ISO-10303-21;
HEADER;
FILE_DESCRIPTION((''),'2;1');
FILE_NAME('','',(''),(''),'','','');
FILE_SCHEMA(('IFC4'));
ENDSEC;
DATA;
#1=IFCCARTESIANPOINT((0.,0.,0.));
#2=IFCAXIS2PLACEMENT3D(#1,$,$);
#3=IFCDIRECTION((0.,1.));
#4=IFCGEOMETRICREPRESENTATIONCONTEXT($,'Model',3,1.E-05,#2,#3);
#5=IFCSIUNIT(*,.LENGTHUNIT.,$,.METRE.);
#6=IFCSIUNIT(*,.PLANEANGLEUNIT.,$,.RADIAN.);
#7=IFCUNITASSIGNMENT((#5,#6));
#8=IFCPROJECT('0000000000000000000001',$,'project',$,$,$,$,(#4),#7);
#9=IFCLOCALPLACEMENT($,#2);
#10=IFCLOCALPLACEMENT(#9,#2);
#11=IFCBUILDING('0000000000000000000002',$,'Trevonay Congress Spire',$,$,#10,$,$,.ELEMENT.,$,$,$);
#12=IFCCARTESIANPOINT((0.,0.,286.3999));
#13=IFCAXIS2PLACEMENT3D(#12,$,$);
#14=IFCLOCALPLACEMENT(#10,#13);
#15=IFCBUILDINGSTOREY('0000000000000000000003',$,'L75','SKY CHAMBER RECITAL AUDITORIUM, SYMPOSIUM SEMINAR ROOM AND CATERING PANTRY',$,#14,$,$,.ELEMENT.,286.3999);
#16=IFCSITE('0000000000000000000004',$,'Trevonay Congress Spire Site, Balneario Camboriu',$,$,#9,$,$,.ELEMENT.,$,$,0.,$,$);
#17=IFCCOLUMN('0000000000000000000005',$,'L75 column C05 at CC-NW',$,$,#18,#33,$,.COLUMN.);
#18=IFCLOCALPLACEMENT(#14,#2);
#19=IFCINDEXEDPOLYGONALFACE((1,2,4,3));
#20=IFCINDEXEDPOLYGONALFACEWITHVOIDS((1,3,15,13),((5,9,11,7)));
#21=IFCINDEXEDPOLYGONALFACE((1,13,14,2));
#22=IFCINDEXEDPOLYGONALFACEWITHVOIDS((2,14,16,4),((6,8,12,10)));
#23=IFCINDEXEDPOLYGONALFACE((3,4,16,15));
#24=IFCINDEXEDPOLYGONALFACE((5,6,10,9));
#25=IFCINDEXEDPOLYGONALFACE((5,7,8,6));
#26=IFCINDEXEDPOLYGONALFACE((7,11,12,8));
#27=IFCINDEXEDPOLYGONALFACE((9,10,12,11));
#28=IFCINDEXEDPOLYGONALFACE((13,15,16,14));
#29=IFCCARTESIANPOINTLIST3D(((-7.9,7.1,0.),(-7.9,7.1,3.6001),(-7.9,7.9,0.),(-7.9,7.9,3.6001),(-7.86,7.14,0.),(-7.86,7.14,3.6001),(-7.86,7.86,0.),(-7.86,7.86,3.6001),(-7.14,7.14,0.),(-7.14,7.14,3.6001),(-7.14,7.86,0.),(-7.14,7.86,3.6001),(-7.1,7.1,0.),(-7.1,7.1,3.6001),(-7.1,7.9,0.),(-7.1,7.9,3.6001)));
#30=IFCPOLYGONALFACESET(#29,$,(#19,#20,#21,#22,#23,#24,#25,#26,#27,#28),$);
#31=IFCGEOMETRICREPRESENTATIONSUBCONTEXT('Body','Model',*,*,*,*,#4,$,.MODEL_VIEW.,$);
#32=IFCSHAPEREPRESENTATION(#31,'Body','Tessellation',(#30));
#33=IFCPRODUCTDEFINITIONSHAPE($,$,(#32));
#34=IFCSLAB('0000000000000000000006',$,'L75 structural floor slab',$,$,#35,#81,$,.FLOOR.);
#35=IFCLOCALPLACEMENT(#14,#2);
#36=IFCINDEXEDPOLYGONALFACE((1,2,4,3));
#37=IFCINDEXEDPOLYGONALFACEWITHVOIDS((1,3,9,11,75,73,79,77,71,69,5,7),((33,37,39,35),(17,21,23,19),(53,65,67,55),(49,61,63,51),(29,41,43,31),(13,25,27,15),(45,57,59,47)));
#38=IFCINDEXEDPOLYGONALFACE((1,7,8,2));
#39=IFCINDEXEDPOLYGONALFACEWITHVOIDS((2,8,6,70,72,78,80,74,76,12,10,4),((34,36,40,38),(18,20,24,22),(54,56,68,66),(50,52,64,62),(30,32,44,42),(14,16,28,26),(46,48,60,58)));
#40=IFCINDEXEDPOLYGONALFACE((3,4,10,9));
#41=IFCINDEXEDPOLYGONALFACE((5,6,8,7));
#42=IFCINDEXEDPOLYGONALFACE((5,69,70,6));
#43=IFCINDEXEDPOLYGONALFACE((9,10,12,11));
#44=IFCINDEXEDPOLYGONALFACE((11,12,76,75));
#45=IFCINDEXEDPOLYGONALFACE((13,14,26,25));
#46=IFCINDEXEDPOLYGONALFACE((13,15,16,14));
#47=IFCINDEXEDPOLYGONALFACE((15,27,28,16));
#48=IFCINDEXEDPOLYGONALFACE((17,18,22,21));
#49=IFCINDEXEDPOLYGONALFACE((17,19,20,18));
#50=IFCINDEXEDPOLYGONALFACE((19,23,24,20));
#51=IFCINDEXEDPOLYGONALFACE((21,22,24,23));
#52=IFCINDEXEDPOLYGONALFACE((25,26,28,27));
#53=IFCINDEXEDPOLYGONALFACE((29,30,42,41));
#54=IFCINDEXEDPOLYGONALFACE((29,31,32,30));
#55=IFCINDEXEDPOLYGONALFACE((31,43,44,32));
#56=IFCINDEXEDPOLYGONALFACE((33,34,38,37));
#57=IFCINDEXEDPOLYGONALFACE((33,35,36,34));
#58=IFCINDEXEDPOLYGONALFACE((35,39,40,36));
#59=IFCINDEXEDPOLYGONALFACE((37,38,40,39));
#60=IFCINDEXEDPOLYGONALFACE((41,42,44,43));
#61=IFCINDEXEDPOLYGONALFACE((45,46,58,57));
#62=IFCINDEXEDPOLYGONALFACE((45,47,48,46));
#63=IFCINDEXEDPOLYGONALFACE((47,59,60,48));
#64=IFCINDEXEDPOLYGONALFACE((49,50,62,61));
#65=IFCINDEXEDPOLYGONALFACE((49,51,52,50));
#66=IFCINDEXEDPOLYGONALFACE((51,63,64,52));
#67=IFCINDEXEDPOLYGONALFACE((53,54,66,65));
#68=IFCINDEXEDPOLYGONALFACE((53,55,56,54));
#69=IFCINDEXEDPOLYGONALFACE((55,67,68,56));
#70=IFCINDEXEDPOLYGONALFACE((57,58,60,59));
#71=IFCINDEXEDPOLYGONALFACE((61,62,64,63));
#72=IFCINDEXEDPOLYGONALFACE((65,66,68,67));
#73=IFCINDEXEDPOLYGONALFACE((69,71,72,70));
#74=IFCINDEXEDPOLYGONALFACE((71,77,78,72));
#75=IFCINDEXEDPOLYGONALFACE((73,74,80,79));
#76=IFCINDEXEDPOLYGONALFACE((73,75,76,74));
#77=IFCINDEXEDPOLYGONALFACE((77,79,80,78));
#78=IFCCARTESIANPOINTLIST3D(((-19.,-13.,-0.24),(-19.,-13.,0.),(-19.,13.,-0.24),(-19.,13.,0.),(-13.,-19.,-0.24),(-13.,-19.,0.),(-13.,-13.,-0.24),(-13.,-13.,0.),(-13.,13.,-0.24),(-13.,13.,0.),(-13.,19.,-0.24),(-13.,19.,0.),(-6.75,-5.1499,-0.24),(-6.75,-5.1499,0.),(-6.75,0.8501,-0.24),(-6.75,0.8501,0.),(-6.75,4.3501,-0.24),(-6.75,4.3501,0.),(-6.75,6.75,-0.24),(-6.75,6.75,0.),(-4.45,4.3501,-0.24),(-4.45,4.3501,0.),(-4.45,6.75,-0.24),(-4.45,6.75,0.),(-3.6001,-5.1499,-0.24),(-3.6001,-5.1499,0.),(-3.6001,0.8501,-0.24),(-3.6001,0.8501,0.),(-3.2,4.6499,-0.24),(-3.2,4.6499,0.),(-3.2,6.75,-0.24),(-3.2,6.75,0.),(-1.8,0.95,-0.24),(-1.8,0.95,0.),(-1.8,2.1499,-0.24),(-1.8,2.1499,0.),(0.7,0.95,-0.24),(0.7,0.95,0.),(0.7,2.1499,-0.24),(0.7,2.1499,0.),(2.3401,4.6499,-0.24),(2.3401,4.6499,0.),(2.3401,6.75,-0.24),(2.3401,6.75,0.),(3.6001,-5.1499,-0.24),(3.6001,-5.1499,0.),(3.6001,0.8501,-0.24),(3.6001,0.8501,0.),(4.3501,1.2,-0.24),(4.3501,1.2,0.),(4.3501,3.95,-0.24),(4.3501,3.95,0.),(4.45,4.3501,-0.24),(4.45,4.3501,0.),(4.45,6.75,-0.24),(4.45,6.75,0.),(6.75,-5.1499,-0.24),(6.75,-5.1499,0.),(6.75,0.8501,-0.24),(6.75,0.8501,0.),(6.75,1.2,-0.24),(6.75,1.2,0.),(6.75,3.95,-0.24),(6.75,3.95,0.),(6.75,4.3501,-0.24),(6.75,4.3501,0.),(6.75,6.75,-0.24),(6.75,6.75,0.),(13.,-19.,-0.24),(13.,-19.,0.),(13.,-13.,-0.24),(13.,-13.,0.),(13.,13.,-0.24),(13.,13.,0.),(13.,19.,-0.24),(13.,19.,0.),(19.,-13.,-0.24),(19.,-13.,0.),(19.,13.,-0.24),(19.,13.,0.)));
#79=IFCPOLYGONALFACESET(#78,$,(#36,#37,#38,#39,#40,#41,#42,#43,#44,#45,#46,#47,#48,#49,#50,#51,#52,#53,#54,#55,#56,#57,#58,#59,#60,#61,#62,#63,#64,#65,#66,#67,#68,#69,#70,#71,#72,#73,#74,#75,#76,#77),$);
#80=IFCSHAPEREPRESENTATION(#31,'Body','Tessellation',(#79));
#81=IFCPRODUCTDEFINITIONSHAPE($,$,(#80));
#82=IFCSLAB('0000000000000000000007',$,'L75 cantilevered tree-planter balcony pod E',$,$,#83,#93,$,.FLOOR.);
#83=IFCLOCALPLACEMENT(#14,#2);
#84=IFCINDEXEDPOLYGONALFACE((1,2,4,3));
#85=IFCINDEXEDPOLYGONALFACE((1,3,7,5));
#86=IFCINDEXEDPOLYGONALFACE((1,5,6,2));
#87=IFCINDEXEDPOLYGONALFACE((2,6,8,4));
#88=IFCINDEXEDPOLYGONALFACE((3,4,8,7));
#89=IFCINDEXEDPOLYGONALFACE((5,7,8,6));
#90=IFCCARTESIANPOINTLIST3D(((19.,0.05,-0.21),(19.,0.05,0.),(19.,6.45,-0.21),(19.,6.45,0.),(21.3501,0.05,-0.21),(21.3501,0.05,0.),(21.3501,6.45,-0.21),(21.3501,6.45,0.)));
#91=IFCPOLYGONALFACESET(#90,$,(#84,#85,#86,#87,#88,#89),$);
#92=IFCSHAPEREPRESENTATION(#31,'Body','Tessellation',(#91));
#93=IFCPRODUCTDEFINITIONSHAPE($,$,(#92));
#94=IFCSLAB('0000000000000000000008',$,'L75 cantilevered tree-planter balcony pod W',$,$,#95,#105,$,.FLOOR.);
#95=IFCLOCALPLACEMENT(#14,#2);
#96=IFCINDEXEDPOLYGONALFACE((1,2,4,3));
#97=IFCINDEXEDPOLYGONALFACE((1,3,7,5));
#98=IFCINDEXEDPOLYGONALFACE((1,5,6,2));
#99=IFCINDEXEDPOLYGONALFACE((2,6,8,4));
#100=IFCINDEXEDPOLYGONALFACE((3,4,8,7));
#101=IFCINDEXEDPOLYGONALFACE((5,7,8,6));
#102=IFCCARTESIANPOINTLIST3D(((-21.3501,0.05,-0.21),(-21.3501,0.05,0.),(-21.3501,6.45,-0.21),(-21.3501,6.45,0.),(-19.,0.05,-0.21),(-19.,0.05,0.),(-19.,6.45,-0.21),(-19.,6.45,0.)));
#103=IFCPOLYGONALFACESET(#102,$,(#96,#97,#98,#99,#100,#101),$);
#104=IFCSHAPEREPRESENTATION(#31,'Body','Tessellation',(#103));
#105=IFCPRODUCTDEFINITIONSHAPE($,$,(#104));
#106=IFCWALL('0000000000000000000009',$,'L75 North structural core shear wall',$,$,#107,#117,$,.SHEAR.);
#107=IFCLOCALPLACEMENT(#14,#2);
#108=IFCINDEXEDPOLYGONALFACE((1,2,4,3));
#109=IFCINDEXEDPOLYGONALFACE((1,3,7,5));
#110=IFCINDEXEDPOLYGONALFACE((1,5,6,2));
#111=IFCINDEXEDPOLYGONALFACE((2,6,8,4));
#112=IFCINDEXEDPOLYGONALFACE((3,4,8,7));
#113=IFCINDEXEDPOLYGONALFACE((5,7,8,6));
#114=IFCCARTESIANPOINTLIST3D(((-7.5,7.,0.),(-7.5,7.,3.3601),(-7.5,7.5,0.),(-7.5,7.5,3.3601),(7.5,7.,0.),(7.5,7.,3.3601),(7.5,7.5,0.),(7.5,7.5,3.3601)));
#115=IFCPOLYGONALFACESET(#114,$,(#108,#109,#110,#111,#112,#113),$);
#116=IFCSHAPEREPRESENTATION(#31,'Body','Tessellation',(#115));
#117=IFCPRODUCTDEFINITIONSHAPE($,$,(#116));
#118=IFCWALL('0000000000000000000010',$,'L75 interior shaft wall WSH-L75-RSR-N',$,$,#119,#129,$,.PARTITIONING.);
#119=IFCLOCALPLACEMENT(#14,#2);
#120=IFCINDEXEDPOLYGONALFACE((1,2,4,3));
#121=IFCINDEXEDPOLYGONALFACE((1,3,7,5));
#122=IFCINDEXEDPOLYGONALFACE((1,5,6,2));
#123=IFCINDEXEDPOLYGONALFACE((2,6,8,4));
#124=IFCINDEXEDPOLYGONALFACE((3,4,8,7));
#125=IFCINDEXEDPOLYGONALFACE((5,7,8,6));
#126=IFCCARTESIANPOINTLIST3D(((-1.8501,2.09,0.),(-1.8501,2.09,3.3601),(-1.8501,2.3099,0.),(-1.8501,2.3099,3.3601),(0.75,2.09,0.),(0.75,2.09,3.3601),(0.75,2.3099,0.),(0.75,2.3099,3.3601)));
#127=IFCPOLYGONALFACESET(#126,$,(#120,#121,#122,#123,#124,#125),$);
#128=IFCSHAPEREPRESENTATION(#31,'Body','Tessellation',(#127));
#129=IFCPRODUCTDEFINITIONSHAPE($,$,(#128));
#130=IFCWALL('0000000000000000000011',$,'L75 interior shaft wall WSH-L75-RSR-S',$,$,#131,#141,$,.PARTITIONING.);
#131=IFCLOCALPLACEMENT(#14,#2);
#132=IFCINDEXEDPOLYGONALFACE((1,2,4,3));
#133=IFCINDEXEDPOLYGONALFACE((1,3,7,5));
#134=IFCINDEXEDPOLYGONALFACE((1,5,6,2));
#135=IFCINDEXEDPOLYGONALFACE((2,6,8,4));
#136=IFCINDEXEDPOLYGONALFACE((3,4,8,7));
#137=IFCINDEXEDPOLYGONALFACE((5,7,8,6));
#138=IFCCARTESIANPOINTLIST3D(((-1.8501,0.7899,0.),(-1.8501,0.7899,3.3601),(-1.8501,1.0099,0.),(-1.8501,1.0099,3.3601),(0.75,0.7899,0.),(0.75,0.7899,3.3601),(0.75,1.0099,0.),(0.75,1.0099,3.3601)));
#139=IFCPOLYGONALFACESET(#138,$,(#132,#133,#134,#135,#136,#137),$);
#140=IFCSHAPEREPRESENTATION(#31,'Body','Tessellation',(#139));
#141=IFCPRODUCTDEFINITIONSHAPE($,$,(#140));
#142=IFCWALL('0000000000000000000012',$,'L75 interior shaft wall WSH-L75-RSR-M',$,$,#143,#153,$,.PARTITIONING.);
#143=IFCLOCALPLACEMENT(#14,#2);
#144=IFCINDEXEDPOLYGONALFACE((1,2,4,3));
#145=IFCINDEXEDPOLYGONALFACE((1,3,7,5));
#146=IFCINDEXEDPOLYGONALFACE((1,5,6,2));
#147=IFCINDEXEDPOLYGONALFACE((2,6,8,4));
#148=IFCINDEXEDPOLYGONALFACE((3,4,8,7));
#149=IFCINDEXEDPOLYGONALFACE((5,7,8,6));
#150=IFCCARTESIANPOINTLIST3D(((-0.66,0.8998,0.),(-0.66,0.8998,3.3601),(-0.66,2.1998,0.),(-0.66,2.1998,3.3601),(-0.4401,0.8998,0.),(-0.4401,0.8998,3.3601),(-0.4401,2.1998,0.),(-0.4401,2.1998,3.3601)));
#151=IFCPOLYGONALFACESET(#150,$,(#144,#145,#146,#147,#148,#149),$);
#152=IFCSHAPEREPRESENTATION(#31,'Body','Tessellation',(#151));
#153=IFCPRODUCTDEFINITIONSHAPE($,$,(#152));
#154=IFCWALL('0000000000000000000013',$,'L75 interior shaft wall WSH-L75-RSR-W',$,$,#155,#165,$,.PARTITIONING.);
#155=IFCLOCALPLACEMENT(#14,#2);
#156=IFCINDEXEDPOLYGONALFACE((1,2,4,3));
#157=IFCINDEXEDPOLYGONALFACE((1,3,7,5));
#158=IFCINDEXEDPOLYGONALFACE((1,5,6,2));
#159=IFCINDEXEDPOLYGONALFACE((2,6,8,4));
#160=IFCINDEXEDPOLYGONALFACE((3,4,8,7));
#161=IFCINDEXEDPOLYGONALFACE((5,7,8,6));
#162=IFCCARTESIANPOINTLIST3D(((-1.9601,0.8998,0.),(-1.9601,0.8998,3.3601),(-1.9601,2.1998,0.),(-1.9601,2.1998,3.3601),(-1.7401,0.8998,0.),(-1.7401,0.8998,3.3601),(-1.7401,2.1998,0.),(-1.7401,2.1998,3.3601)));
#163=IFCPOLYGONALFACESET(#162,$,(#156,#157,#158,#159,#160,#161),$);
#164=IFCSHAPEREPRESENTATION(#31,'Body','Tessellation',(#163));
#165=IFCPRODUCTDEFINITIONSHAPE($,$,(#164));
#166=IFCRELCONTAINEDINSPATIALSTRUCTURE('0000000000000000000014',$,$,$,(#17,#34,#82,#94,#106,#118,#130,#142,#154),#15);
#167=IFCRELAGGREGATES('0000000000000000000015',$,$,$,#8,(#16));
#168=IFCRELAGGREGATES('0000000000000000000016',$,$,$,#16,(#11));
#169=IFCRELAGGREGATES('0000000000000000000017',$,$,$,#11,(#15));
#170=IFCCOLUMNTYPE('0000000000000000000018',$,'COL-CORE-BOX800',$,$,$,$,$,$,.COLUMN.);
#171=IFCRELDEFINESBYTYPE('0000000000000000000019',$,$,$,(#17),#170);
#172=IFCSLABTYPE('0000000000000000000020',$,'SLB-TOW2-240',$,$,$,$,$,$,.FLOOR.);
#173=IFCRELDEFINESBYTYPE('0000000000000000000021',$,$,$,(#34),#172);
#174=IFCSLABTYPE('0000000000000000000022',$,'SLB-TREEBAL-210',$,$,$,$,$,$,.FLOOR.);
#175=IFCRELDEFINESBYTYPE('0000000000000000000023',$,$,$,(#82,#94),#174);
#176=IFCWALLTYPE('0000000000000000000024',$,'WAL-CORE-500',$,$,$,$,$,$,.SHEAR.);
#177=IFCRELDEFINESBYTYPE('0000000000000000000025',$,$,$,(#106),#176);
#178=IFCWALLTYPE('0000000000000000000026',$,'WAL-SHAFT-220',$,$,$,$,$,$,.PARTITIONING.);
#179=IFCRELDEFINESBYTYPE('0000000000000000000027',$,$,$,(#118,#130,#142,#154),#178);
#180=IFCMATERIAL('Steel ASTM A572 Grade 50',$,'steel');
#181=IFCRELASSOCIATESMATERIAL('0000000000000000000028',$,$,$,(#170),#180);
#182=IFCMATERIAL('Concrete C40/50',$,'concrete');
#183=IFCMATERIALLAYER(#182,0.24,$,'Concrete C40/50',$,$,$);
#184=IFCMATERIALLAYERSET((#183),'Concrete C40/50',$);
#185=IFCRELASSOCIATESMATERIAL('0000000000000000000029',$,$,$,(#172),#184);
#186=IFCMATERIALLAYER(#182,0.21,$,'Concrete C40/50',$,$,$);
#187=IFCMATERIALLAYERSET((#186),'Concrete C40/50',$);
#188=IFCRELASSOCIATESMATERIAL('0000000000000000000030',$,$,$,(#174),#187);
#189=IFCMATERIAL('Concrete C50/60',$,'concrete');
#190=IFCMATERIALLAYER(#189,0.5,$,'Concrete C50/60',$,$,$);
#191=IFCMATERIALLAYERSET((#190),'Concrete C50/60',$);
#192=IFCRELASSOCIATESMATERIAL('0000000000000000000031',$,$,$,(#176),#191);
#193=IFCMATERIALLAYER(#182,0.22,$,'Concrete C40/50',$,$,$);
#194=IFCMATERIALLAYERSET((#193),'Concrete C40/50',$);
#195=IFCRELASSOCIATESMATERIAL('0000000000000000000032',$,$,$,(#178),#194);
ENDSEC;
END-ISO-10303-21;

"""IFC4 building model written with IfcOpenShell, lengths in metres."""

from ifc_helpers import new_model, si_unit, direction, frame, frame_2d, origin, origin_2d, place, context, subcontext, project, spatial, polyline, rectangle, hollow_rectangle, outline, extrude, material, layer, layer_set, material_profile, profile_set, type_object, element, save


model = new_model("IFC4")

# Units and contexts
model_context = context("Model", 3, precision=1e-05, world=origin(), true_north=direction((0.0, 1.0)))
body_context = subcontext(model_context, "Body", "Model", "MODEL_VIEW")
ifc_project = project(units=[si_unit("LENGTHUNIT", "METRE"), si_unit("PLANEANGLEUNIT", "RADIAN")], contexts=[model_context])

# Site, building, storey
site_placement = place(None, origin())
site = spatial("IfcSite", under=ifc_project, at=site_placement, Name="Trevonay Congress Spire Site, Balneario Camboriu", CompositionType="ELEMENT", RefElevation=0.0)
building_placement = place(site_placement, origin())
building = spatial("IfcBuilding", under=site, at=building_placement, Name="Trevonay Congress Spire", CompositionType="ELEMENT")
storey_placement = place(building_placement, frame((0.0, 0.0, 286.3999)))
storey = spatial("IfcBuildingStorey", under=building, at=storey_placement, Name="L75", Description="SKY CHAMBER RECITAL AUDITORIUM, SYMPOSIUM SEMINAR ROOM AND CATERING PANTRY", CompositionType="ELEMENT", Elevation=286.3999)

# Column
ifc_material_1 = material(Name="Steel ASTM A572 Grade 50", Category="steel")
ifc_material_profile = material_profile(ifc_material_1, hollow_rectangle(XDim=0.8, YDim=0.8, WallThickness=0.04, at=origin_2d()), Name="BOX 800x800x40")
ifc_profile_set = profile_set([ifc_material_profile], Name="Steel ASTM A572 Grade 50")
column_type = type_object("IfcColumnType", Name="COL-CORE-BOX800", PredefinedType="COLUMN", material=ifc_profile_set)
column_placement = place(storey_placement, frame((-7.5, 7.5, 0.0), z_axis=(0.0, 0.0, 1.0), x_axis=(1.0, 0.0, 0.0)))
element("IfcColumn", 1, at=column_placement, inside=storey, type_object=column_type, Name="L75 column C05 at CC-NW", PredefinedType="COLUMN", context=body_context, shape_type="SweptSolid", body=[
    extrude(hollow_rectangle(XDim=0.8, YDim=0.8, WallThickness=0.04, at=origin_2d()), origin(), (0.0, 0.0, 1.0), 3.6001),
])

# Slabs
ifc_material_2 = material(Name="Concrete C40/50", Category="concrete")
ifc_layer_1 = layer(ifc_material_2, 0.24, Name="Concrete C40/50")
ifc_layer_set_1 = layer_set([ifc_layer_1], Name="Concrete C40/50")
slab_type_1 = type_object("IfcSlabType", Name="SLB-TOW2-240", PredefinedType="FLOOR", material=ifc_layer_set_1)
slab_1_placement = place(storey_placement, frame((0.0, 0.0, -0.24)))
element("IfcSlab", 2, at=slab_1_placement, inside=storey, type_object=slab_type_1, Name="L75 structural floor slab", PredefinedType="FLOOR", context=body_context, shape_type="SweptSolid", body=[
    extrude(outline(polyline([(-13.0, -19.0), (13.0, -19.0), (13.0, -13.0), (19.0, -13.0), (19.0, 13.0), (13.0, 13.0), (13.0, 19.0), (-13.0, 19.0), (-13.0, 13.0), (-19.0, 13.0), (-19.0, -13.0), (-13.0, -13.0), (-13.0, -19.0)]), holes=[polyline([(-3.6001, -5.1499), (-3.6001, 0.8501), (-6.75, 0.8501), (-6.75, -5.1499), (-3.6001, -5.1499)]), polyline([(6.75, -5.1499), (6.75, 0.8501), (3.6001, 0.8501), (3.6001, -5.1499), (6.75, -5.1499)]), polyline([(-3.2, 4.6499), (2.3401, 4.6499), (2.3401, 6.75), (-3.2, 6.75), (-3.2, 4.6499)]), polyline([(-6.75, 4.3501), (-4.45, 4.3501), (-4.45, 6.75), (-6.75, 6.75), (-6.75, 4.3501)]), polyline([(4.45, 4.3501), (6.75, 4.3501), (6.75, 6.75), (4.45, 6.75), (4.45, 4.3501)]), polyline([(4.3501, 1.2), (6.75, 1.2), (6.75, 3.95), (4.3501, 3.95), (4.3501, 1.2)]), polyline([(-1.8, 0.95), (0.7, 0.95), (0.7, 2.1499), (-1.8, 2.1499), (-1.8, 0.95)])]), origin(), (0.0, 0.0, 1.0), 0.24),
])
ifc_layer_2 = layer(ifc_material_2, 0.21, Name="Concrete C40/50")
ifc_layer_set_2 = layer_set([ifc_layer_2], Name="Concrete C40/50")
slab_type_2 = type_object("IfcSlabType", Name="SLB-TREEBAL-210", PredefinedType="FLOOR", material=ifc_layer_set_2)
slab_2_placement = place(storey_placement, frame((0.0, 0.0, -0.21)))
element("IfcSlab", 3, at=slab_2_placement, inside=storey, type_object=slab_type_2, Name="L75 cantilevered tree-planter balcony pod E", PredefinedType="FLOOR", context=body_context, shape_type="SweptSolid", body=[
    extrude(outline(polyline([(19.0, 0.05), (21.3501, 0.05), (21.3501, 6.45), (19.0, 6.45), (19.0, 0.05)])), origin(), (0.0, 0.0, 1.0), 0.21),
])
slab_3_placement = place(storey_placement, frame((0.0, 0.0, -0.21)))
element("IfcSlab", 4, at=slab_3_placement, inside=storey, type_object=slab_type_2, Name="L75 cantilevered tree-planter balcony pod W", PredefinedType="FLOOR", context=body_context, shape_type="SweptSolid", body=[
    extrude(outline(polyline([(-21.3501, 0.05), (-19.0, 0.05), (-19.0, 6.45), (-21.3501, 6.45), (-21.3501, 0.05)])), origin(), (0.0, 0.0, 1.0), 0.21),
])

# Walls
ifc_material_3 = material(Name="Concrete C50/60", Category="concrete")
ifc_layer_3 = layer(ifc_material_3, 0.5, Name="Concrete C50/60")
ifc_layer_set_3 = layer_set([ifc_layer_3], Name="Concrete C50/60")
wall_type_1 = type_object("IfcWallType", Name="WAL-CORE-500", PredefinedType="SHEAR", material=ifc_layer_set_3)
wall_1_placement = place(storey_placement, frame((-7.5, 7.25, 0.0), z_axis=(0.0, 0.0, 1.0), x_axis=(1.0, 0.0, 0.0)))
element("IfcWall", 5, at=wall_1_placement, inside=storey, type_object=wall_type_1, Name="L75 North structural core shear wall", PredefinedType="SHEAR", context=body_context, shape_type="SweptSolid", body=[
    extrude(rectangle(XDim=15.0, YDim=0.5, at=frame_2d((7.5, 0.0))), origin(), (0.0, 0.0, 1.0), 3.3601),
])
ifc_layer_4 = layer(ifc_material_2, 0.22, Name="Concrete C40/50")
ifc_layer_set_4 = layer_set([ifc_layer_4], Name="Concrete C40/50")
wall_type_2 = type_object("IfcWallType", Name="WAL-SHAFT-220", PredefinedType="PARTITIONING", material=ifc_layer_set_4)
for number, where, z_axis, x_axis, name in (
    (6, (-1.8501, 2.2, 0.0), (0.0, 0.0, 1.0), (1.0, 0.0, 0.0), "L75 interior shaft wall WSH-L75-RSR-N"),
    (7, (-1.8501, 0.8999, 0.0), (0.0, 0.0, 1.0), (1.0, 0.0, 0.0), "L75 interior shaft wall WSH-L75-RSR-S"),
):
    element("IfcWall", number, at=place(storey_placement, frame(where, z_axis=z_axis, x_axis=x_axis)), inside=storey, type_object=wall_type_2, Name=name, PredefinedType="PARTITIONING", context=body_context, shape_type="SweptSolid", body=[
        extrude(rectangle(XDim=2.6001, YDim=0.22, at=frame_2d((1.3, 0.0))), origin(), (0.0, 0.0, 1.0), 3.3601),
    ])
for number, where, z_axis, x_axis, name in (
    (8, (-0.55, 0.8999, 0.0), (0.0, 0.0, 1.0), (0.0, 1.0, 0.0), "L75 interior shaft wall WSH-L75-RSR-M"),
    (9, (-1.8501, 0.8999, 0.0), (0.0, 0.0, 1.0), (0.0, 1.0, 0.0), "L75 interior shaft wall WSH-L75-RSR-W"),
):
    element("IfcWall", number, at=place(storey_placement, frame(where, z_axis=z_axis, x_axis=x_axis)), inside=storey, type_object=wall_type_2, Name=name, PredefinedType="PARTITIONING", context=body_context, shape_type="SweptSolid", body=[
        extrude(rectangle(XDim=1.3, YDim=0.22, at=frame_2d((0.6499, 0.0))), origin(), (0.0, 0.0, 1.0), 3.3601),
    ])

save(model, "model.ifc")
